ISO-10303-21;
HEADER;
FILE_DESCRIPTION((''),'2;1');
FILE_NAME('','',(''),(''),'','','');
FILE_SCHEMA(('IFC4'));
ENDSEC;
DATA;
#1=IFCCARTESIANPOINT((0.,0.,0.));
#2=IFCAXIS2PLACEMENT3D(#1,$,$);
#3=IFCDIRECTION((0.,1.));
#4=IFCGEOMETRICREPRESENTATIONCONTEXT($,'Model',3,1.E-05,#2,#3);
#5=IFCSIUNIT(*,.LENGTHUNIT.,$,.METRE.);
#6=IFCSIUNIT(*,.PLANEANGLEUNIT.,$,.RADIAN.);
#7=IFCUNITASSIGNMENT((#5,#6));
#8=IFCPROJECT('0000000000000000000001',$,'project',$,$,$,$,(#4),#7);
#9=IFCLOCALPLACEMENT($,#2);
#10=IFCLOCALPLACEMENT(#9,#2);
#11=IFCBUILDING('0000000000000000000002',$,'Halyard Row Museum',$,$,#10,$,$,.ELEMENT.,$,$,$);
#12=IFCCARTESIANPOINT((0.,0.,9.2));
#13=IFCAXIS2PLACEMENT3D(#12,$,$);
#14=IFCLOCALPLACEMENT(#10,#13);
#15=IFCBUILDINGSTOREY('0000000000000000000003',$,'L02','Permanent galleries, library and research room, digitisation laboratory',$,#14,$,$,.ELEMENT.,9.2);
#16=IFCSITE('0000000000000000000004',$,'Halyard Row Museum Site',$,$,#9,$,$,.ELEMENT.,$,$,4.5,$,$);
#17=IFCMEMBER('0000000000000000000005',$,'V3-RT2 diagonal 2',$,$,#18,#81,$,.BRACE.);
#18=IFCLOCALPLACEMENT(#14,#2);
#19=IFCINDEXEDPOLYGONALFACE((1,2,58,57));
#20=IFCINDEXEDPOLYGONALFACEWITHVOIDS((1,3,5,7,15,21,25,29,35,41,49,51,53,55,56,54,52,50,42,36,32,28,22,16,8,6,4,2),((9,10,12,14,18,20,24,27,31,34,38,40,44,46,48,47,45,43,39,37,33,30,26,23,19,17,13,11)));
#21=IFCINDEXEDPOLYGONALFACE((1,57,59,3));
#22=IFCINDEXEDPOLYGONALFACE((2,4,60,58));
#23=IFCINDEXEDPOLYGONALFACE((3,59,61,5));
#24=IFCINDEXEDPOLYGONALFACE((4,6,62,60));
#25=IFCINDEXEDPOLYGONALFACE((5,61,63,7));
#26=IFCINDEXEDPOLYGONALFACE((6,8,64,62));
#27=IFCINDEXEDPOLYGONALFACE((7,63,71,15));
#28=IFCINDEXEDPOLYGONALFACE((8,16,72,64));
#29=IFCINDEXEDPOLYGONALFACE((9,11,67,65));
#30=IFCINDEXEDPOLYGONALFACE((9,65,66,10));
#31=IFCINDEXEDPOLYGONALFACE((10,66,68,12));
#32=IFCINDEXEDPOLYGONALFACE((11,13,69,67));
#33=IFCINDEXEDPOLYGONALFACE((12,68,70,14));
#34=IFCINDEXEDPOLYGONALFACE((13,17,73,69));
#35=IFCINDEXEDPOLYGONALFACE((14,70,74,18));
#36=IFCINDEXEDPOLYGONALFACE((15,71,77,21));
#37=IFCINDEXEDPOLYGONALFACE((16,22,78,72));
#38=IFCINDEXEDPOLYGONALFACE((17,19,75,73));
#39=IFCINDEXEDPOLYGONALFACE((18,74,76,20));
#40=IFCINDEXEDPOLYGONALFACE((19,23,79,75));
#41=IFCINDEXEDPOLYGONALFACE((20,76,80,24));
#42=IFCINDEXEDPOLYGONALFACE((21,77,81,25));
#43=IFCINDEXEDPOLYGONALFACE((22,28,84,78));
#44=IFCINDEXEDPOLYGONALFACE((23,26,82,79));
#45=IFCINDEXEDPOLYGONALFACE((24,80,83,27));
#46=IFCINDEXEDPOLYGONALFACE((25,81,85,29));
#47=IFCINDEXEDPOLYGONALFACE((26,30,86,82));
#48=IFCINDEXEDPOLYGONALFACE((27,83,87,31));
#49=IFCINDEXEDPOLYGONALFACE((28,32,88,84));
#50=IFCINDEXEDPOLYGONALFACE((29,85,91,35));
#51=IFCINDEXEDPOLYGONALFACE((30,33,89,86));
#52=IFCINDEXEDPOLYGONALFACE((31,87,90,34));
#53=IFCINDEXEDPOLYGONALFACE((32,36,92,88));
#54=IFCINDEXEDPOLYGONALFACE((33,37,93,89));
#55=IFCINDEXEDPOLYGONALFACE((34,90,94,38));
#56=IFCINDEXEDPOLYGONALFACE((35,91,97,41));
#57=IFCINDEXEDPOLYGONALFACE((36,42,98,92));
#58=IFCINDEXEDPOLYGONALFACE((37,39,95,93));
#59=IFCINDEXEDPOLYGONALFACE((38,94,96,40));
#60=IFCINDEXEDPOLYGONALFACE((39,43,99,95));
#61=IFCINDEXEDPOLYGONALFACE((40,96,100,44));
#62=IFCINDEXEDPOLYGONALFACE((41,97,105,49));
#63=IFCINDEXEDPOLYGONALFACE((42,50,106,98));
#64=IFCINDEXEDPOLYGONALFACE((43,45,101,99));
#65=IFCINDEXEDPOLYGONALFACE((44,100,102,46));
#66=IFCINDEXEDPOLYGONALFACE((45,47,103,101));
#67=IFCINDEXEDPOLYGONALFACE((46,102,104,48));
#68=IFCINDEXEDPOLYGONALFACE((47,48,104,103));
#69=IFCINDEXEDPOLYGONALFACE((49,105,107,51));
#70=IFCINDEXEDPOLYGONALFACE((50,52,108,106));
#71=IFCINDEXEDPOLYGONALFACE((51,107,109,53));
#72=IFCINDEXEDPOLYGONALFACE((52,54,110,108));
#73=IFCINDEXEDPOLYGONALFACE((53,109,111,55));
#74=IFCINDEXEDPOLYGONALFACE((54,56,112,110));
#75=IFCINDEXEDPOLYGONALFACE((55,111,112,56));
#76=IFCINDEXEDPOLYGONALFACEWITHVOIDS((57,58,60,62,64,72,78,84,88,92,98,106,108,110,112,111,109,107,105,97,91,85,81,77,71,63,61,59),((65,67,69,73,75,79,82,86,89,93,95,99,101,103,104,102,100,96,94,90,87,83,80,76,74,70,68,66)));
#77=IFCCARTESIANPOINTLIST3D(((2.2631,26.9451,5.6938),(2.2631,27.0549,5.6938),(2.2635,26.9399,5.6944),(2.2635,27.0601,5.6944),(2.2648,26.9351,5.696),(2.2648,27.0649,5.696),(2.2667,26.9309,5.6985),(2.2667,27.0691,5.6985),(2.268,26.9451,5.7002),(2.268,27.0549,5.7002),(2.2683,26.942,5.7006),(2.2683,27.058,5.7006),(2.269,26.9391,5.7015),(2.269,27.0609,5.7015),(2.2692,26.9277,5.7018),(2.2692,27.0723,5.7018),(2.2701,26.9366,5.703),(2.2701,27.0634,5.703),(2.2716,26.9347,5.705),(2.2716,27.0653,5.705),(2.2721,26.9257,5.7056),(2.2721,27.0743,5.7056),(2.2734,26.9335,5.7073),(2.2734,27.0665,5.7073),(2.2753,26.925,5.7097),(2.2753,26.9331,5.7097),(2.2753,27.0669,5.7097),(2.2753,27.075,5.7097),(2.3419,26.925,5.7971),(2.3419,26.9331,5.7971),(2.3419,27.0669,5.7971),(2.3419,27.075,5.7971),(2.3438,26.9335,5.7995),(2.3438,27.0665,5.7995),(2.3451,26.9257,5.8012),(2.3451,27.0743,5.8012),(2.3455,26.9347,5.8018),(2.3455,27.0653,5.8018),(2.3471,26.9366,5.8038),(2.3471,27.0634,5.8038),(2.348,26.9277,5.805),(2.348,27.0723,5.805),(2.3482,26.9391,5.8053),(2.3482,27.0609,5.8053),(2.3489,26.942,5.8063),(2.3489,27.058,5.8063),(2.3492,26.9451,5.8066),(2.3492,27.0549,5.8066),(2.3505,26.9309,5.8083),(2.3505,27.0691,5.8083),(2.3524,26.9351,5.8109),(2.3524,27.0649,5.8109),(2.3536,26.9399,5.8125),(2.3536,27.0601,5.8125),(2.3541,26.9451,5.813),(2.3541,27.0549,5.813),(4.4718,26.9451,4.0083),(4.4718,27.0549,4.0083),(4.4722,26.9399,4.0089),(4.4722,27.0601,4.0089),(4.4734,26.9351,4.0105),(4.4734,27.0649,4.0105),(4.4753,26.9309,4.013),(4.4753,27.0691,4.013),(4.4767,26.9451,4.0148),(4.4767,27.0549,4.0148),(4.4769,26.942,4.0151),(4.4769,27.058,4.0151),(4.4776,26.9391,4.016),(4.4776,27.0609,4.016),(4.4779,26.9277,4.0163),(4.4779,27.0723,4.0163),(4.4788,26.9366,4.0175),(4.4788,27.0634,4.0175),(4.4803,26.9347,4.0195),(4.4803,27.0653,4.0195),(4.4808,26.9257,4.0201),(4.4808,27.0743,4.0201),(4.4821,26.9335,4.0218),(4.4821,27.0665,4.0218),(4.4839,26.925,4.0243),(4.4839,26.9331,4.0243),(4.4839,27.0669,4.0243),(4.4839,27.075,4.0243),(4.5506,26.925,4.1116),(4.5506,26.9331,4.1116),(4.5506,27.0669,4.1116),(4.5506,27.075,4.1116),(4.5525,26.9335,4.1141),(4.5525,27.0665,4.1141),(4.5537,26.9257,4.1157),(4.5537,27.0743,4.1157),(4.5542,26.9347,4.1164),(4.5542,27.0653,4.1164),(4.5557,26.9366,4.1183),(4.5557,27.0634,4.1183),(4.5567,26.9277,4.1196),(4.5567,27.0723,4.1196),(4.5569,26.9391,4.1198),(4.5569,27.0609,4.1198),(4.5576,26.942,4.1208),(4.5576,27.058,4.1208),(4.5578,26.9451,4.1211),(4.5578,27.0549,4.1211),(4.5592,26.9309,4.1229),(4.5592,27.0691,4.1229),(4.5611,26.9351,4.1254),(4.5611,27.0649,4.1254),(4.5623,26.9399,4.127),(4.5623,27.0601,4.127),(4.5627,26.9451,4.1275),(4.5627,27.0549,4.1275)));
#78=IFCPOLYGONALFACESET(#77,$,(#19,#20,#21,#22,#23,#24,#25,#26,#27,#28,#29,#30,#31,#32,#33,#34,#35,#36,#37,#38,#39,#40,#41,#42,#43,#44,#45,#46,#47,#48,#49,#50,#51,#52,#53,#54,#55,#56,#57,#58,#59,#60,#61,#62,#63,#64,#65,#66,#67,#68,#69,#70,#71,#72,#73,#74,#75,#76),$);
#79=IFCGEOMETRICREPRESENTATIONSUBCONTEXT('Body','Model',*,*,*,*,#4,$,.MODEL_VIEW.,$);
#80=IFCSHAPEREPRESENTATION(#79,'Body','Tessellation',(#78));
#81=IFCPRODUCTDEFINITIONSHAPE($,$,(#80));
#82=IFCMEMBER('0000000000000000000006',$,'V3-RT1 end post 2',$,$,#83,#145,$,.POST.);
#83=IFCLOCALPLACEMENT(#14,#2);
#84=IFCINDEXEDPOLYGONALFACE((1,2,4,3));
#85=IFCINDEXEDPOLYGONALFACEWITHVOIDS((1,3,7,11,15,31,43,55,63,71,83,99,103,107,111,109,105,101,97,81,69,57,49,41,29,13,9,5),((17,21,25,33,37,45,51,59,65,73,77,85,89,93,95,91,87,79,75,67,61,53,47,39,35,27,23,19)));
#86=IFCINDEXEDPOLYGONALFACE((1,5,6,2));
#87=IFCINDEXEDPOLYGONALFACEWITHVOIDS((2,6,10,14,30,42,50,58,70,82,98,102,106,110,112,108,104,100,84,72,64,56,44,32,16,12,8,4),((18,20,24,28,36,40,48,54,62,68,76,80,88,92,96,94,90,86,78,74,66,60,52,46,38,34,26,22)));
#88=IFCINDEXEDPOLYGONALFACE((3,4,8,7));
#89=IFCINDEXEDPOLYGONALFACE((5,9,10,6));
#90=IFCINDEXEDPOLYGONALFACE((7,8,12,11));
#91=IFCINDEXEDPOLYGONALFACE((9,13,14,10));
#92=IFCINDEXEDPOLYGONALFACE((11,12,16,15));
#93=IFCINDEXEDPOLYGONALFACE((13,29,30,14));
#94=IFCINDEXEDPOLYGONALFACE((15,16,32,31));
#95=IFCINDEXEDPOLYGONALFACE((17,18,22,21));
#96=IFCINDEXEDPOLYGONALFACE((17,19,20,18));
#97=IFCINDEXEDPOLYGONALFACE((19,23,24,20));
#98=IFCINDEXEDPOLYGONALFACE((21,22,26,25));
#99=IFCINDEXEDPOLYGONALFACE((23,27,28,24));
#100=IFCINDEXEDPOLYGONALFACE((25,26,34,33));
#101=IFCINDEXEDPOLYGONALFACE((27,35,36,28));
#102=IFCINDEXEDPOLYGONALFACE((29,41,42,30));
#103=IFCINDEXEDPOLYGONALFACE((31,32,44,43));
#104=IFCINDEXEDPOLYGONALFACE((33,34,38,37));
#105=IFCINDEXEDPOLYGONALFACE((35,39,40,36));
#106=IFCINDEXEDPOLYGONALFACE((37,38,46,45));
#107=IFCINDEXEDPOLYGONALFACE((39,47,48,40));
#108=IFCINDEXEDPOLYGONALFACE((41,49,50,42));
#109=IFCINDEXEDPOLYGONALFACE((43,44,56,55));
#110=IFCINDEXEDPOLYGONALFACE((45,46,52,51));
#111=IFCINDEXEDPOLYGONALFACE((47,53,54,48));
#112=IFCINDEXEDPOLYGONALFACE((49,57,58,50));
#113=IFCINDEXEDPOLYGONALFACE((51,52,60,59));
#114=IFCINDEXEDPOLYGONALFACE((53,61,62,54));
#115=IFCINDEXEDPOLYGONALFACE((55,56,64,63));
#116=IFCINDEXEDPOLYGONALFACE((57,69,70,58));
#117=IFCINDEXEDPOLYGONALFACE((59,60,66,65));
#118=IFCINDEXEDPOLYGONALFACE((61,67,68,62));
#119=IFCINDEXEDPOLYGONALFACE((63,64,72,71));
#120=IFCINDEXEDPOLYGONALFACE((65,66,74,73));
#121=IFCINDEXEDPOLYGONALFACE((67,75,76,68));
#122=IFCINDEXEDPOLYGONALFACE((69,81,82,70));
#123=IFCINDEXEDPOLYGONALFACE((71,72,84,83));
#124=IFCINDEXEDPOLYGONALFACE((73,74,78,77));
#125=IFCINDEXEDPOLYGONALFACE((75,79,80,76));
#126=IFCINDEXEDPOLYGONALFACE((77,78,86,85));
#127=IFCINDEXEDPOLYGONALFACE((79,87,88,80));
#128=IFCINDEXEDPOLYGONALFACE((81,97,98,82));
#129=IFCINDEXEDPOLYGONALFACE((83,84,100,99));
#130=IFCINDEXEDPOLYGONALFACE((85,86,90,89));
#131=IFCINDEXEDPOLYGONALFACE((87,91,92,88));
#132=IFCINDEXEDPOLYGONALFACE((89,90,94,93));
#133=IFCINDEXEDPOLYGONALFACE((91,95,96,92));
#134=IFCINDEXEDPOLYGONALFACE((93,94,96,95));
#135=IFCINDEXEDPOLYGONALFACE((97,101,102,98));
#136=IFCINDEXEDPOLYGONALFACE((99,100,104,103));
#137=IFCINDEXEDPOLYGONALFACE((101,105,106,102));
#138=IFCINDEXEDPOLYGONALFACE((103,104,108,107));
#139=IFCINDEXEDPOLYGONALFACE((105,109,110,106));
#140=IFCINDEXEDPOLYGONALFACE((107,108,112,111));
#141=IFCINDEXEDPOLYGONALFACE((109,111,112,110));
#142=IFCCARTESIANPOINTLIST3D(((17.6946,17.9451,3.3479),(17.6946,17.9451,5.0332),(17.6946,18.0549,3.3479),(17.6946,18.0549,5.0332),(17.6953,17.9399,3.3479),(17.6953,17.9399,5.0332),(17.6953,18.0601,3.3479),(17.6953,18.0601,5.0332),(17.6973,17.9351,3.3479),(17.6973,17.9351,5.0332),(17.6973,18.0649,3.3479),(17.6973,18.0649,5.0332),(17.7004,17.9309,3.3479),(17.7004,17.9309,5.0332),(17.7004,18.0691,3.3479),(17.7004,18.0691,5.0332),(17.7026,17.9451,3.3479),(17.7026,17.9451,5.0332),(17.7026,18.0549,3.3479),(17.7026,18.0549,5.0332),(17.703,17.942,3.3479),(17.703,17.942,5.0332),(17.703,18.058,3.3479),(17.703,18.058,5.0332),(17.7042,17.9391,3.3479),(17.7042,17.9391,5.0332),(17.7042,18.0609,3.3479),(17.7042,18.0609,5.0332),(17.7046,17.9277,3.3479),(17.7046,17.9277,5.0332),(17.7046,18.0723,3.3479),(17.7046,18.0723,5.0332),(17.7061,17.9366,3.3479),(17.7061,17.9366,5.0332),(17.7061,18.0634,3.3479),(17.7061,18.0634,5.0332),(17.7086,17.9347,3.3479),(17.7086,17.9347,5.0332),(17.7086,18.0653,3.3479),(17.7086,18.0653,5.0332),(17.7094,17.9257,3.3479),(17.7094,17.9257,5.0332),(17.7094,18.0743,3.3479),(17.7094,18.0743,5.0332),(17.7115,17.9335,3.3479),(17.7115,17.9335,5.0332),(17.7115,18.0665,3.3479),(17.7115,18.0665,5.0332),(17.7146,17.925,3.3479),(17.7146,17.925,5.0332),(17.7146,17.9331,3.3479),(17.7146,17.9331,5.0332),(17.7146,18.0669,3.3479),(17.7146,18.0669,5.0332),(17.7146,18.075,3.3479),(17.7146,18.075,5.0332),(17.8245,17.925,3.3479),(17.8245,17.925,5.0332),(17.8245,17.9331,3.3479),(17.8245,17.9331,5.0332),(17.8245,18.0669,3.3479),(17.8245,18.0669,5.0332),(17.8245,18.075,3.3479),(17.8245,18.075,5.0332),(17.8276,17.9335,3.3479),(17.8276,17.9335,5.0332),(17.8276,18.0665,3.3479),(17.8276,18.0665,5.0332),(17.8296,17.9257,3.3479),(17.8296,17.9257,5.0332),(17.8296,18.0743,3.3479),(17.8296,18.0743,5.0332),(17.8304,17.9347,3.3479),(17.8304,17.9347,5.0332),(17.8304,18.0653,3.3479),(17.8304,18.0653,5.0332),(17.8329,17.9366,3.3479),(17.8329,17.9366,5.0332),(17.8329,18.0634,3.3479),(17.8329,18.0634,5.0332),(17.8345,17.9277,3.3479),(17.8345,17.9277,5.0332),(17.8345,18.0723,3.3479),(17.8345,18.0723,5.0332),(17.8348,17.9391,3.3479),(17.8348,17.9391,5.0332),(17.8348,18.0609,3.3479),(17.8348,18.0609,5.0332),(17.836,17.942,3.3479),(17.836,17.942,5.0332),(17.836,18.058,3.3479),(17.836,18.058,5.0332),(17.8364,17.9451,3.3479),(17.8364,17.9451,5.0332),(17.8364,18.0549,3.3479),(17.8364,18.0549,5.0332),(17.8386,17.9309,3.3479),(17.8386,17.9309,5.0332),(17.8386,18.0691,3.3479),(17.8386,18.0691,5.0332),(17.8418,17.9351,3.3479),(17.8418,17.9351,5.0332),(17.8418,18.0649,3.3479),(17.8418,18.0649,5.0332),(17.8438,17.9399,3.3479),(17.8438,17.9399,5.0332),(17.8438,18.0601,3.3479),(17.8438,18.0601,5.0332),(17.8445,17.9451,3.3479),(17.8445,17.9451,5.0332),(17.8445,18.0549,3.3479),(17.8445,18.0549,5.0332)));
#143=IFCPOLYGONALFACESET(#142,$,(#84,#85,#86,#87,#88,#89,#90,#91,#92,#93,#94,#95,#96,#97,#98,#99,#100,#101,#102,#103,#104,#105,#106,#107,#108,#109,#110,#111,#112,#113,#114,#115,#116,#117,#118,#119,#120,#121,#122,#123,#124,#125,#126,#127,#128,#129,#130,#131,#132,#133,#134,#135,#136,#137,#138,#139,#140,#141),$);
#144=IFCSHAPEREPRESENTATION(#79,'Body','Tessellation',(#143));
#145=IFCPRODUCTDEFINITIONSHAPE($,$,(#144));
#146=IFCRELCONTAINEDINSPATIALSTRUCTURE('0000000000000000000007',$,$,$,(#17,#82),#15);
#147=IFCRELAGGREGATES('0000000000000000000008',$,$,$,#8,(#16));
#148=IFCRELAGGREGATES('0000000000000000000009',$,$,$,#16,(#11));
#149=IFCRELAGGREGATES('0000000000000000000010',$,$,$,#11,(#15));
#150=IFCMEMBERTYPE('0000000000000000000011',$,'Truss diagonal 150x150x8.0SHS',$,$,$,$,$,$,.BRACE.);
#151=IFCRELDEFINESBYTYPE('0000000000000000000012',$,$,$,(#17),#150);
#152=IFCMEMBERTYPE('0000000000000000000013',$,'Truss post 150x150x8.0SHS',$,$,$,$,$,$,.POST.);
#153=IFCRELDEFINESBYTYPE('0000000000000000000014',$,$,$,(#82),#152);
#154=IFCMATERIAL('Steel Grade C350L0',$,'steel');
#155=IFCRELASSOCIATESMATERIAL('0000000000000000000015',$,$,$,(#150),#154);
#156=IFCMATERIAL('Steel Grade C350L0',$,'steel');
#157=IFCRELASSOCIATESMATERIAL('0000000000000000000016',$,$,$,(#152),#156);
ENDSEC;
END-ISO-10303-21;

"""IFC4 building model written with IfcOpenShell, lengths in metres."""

from ifc_helpers import new_model, si_unit, direction, frame, origin, origin_2d, place, context, subcontext, project, spatial, hollow_rectangle, extrude, material, material_profile, profile_set, type_object, element, save


model = new_model("IFC4")

# Units and contexts
model_context = context("Model", 3, precision=1e-05, world=origin(), true_north=direction((0.0, 1.0)))
body_context = subcontext(model_context, "Body", "Model", "MODEL_VIEW")
ifc_project = project(units=[si_unit("LENGTHUNIT", "METRE"), si_unit("PLANEANGLEUNIT", "RADIAN")], contexts=[model_context])

# Site, building, storey
site_placement = place(None, origin())
site = spatial("IfcSite", under=ifc_project, at=site_placement, Name="Halyard Row Museum Site", CompositionType="ELEMENT", RefElevation=4.5)
building_placement = place(site_placement, origin())
building = spatial("IfcBuilding", under=site, at=building_placement, Name="Halyard Row Museum", CompositionType="ELEMENT")
storey_placement = place(building_placement, frame((0.0, 0.0, 9.2)))
storey = spatial("IfcBuildingStorey", under=building, at=storey_placement, Name="L02", Description="Permanent galleries, library and research room, digitisation laboratory", CompositionType="ELEMENT", Elevation=9.2)

# Members
ifc_material_1 = material(Name="Steel Grade C350L0", Category="steel")
ifc_material_profile_1 = material_profile(ifc_material_1, hollow_rectangle(XDim=0.1499, YDim=0.1499, WallThickness=0.0081, InnerFilletRadius=0.012, OuterFilletRadius=0.02, at=origin_2d()), Name="150x150x8.0SHS")
ifc_profile_set_1 = profile_set([ifc_material_profile_1], Name="Steel Grade C350L0")
member_type_1 = type_object("IfcMemberType", Name="Truss diagonal 150x150x8.0SHS", PredefinedType="BRACE", material=ifc_profile_set_1)
for number, where, z_axis, x_axis, name in (
    (1, (2.3086, 27.0, 5.7534), (0.794964, 0.0, -0.606657), (0.0, 1.0, 0.0), "V3-RT2 diagonal 2"),
):
    element("IfcMember", number, at=place(storey_placement, frame(where, z_axis=z_axis, x_axis=x_axis)), inside=storey, type_object=member_type_1, Name=name, PredefinedType="BRACE", context=body_context, shape_type="SweptSolid", body=[
        extrude(hollow_rectangle(XDim=0.1499, YDim=0.1499, WallThickness=0.0081, InnerFilletRadius=0.012, OuterFilletRadius=0.02, at=origin_2d()), origin(), (0.0, 0.0, 1.0), 2.7783),
    ])
ifc_material_2 = material(Name="Steel Grade C350L0", Category="steel")
ifc_material_profile_2 = material_profile(ifc_material_2, hollow_rectangle(XDim=0.1499, YDim=0.1499, WallThickness=0.0081, InnerFilletRadius=0.012, OuterFilletRadius=0.02, at=origin_2d()), Name="150x150x8.0SHS")
ifc_profile_set_2 = profile_set([ifc_material_profile_2], Name="Steel Grade C350L0")
member_type_2 = type_object("IfcMemberType", Name="Truss post 150x150x8.0SHS", PredefinedType="POST", material=ifc_profile_set_2)
member_1_placement = place(storey_placement, frame((17.7695, 18.0, 3.3479), z_axis=(0.0, 0.0, 1.0), x_axis=(1.0, 0.0, 0.0)))
element("IfcMember", 2, at=member_1_placement, inside=storey, type_object=member_type_2, Name="V3-RT1 end post 2", PredefinedType="POST", context=body_context, shape_type="SweptSolid", body=[
    extrude(hollow_rectangle(XDim=0.1499, YDim=0.1499, WallThickness=0.0081, InnerFilletRadius=0.012, OuterFilletRadius=0.02, at=origin_2d()), origin(), (0.0, 0.0, 1.0), 1.6853),
])

save(model, "model.ifc")
